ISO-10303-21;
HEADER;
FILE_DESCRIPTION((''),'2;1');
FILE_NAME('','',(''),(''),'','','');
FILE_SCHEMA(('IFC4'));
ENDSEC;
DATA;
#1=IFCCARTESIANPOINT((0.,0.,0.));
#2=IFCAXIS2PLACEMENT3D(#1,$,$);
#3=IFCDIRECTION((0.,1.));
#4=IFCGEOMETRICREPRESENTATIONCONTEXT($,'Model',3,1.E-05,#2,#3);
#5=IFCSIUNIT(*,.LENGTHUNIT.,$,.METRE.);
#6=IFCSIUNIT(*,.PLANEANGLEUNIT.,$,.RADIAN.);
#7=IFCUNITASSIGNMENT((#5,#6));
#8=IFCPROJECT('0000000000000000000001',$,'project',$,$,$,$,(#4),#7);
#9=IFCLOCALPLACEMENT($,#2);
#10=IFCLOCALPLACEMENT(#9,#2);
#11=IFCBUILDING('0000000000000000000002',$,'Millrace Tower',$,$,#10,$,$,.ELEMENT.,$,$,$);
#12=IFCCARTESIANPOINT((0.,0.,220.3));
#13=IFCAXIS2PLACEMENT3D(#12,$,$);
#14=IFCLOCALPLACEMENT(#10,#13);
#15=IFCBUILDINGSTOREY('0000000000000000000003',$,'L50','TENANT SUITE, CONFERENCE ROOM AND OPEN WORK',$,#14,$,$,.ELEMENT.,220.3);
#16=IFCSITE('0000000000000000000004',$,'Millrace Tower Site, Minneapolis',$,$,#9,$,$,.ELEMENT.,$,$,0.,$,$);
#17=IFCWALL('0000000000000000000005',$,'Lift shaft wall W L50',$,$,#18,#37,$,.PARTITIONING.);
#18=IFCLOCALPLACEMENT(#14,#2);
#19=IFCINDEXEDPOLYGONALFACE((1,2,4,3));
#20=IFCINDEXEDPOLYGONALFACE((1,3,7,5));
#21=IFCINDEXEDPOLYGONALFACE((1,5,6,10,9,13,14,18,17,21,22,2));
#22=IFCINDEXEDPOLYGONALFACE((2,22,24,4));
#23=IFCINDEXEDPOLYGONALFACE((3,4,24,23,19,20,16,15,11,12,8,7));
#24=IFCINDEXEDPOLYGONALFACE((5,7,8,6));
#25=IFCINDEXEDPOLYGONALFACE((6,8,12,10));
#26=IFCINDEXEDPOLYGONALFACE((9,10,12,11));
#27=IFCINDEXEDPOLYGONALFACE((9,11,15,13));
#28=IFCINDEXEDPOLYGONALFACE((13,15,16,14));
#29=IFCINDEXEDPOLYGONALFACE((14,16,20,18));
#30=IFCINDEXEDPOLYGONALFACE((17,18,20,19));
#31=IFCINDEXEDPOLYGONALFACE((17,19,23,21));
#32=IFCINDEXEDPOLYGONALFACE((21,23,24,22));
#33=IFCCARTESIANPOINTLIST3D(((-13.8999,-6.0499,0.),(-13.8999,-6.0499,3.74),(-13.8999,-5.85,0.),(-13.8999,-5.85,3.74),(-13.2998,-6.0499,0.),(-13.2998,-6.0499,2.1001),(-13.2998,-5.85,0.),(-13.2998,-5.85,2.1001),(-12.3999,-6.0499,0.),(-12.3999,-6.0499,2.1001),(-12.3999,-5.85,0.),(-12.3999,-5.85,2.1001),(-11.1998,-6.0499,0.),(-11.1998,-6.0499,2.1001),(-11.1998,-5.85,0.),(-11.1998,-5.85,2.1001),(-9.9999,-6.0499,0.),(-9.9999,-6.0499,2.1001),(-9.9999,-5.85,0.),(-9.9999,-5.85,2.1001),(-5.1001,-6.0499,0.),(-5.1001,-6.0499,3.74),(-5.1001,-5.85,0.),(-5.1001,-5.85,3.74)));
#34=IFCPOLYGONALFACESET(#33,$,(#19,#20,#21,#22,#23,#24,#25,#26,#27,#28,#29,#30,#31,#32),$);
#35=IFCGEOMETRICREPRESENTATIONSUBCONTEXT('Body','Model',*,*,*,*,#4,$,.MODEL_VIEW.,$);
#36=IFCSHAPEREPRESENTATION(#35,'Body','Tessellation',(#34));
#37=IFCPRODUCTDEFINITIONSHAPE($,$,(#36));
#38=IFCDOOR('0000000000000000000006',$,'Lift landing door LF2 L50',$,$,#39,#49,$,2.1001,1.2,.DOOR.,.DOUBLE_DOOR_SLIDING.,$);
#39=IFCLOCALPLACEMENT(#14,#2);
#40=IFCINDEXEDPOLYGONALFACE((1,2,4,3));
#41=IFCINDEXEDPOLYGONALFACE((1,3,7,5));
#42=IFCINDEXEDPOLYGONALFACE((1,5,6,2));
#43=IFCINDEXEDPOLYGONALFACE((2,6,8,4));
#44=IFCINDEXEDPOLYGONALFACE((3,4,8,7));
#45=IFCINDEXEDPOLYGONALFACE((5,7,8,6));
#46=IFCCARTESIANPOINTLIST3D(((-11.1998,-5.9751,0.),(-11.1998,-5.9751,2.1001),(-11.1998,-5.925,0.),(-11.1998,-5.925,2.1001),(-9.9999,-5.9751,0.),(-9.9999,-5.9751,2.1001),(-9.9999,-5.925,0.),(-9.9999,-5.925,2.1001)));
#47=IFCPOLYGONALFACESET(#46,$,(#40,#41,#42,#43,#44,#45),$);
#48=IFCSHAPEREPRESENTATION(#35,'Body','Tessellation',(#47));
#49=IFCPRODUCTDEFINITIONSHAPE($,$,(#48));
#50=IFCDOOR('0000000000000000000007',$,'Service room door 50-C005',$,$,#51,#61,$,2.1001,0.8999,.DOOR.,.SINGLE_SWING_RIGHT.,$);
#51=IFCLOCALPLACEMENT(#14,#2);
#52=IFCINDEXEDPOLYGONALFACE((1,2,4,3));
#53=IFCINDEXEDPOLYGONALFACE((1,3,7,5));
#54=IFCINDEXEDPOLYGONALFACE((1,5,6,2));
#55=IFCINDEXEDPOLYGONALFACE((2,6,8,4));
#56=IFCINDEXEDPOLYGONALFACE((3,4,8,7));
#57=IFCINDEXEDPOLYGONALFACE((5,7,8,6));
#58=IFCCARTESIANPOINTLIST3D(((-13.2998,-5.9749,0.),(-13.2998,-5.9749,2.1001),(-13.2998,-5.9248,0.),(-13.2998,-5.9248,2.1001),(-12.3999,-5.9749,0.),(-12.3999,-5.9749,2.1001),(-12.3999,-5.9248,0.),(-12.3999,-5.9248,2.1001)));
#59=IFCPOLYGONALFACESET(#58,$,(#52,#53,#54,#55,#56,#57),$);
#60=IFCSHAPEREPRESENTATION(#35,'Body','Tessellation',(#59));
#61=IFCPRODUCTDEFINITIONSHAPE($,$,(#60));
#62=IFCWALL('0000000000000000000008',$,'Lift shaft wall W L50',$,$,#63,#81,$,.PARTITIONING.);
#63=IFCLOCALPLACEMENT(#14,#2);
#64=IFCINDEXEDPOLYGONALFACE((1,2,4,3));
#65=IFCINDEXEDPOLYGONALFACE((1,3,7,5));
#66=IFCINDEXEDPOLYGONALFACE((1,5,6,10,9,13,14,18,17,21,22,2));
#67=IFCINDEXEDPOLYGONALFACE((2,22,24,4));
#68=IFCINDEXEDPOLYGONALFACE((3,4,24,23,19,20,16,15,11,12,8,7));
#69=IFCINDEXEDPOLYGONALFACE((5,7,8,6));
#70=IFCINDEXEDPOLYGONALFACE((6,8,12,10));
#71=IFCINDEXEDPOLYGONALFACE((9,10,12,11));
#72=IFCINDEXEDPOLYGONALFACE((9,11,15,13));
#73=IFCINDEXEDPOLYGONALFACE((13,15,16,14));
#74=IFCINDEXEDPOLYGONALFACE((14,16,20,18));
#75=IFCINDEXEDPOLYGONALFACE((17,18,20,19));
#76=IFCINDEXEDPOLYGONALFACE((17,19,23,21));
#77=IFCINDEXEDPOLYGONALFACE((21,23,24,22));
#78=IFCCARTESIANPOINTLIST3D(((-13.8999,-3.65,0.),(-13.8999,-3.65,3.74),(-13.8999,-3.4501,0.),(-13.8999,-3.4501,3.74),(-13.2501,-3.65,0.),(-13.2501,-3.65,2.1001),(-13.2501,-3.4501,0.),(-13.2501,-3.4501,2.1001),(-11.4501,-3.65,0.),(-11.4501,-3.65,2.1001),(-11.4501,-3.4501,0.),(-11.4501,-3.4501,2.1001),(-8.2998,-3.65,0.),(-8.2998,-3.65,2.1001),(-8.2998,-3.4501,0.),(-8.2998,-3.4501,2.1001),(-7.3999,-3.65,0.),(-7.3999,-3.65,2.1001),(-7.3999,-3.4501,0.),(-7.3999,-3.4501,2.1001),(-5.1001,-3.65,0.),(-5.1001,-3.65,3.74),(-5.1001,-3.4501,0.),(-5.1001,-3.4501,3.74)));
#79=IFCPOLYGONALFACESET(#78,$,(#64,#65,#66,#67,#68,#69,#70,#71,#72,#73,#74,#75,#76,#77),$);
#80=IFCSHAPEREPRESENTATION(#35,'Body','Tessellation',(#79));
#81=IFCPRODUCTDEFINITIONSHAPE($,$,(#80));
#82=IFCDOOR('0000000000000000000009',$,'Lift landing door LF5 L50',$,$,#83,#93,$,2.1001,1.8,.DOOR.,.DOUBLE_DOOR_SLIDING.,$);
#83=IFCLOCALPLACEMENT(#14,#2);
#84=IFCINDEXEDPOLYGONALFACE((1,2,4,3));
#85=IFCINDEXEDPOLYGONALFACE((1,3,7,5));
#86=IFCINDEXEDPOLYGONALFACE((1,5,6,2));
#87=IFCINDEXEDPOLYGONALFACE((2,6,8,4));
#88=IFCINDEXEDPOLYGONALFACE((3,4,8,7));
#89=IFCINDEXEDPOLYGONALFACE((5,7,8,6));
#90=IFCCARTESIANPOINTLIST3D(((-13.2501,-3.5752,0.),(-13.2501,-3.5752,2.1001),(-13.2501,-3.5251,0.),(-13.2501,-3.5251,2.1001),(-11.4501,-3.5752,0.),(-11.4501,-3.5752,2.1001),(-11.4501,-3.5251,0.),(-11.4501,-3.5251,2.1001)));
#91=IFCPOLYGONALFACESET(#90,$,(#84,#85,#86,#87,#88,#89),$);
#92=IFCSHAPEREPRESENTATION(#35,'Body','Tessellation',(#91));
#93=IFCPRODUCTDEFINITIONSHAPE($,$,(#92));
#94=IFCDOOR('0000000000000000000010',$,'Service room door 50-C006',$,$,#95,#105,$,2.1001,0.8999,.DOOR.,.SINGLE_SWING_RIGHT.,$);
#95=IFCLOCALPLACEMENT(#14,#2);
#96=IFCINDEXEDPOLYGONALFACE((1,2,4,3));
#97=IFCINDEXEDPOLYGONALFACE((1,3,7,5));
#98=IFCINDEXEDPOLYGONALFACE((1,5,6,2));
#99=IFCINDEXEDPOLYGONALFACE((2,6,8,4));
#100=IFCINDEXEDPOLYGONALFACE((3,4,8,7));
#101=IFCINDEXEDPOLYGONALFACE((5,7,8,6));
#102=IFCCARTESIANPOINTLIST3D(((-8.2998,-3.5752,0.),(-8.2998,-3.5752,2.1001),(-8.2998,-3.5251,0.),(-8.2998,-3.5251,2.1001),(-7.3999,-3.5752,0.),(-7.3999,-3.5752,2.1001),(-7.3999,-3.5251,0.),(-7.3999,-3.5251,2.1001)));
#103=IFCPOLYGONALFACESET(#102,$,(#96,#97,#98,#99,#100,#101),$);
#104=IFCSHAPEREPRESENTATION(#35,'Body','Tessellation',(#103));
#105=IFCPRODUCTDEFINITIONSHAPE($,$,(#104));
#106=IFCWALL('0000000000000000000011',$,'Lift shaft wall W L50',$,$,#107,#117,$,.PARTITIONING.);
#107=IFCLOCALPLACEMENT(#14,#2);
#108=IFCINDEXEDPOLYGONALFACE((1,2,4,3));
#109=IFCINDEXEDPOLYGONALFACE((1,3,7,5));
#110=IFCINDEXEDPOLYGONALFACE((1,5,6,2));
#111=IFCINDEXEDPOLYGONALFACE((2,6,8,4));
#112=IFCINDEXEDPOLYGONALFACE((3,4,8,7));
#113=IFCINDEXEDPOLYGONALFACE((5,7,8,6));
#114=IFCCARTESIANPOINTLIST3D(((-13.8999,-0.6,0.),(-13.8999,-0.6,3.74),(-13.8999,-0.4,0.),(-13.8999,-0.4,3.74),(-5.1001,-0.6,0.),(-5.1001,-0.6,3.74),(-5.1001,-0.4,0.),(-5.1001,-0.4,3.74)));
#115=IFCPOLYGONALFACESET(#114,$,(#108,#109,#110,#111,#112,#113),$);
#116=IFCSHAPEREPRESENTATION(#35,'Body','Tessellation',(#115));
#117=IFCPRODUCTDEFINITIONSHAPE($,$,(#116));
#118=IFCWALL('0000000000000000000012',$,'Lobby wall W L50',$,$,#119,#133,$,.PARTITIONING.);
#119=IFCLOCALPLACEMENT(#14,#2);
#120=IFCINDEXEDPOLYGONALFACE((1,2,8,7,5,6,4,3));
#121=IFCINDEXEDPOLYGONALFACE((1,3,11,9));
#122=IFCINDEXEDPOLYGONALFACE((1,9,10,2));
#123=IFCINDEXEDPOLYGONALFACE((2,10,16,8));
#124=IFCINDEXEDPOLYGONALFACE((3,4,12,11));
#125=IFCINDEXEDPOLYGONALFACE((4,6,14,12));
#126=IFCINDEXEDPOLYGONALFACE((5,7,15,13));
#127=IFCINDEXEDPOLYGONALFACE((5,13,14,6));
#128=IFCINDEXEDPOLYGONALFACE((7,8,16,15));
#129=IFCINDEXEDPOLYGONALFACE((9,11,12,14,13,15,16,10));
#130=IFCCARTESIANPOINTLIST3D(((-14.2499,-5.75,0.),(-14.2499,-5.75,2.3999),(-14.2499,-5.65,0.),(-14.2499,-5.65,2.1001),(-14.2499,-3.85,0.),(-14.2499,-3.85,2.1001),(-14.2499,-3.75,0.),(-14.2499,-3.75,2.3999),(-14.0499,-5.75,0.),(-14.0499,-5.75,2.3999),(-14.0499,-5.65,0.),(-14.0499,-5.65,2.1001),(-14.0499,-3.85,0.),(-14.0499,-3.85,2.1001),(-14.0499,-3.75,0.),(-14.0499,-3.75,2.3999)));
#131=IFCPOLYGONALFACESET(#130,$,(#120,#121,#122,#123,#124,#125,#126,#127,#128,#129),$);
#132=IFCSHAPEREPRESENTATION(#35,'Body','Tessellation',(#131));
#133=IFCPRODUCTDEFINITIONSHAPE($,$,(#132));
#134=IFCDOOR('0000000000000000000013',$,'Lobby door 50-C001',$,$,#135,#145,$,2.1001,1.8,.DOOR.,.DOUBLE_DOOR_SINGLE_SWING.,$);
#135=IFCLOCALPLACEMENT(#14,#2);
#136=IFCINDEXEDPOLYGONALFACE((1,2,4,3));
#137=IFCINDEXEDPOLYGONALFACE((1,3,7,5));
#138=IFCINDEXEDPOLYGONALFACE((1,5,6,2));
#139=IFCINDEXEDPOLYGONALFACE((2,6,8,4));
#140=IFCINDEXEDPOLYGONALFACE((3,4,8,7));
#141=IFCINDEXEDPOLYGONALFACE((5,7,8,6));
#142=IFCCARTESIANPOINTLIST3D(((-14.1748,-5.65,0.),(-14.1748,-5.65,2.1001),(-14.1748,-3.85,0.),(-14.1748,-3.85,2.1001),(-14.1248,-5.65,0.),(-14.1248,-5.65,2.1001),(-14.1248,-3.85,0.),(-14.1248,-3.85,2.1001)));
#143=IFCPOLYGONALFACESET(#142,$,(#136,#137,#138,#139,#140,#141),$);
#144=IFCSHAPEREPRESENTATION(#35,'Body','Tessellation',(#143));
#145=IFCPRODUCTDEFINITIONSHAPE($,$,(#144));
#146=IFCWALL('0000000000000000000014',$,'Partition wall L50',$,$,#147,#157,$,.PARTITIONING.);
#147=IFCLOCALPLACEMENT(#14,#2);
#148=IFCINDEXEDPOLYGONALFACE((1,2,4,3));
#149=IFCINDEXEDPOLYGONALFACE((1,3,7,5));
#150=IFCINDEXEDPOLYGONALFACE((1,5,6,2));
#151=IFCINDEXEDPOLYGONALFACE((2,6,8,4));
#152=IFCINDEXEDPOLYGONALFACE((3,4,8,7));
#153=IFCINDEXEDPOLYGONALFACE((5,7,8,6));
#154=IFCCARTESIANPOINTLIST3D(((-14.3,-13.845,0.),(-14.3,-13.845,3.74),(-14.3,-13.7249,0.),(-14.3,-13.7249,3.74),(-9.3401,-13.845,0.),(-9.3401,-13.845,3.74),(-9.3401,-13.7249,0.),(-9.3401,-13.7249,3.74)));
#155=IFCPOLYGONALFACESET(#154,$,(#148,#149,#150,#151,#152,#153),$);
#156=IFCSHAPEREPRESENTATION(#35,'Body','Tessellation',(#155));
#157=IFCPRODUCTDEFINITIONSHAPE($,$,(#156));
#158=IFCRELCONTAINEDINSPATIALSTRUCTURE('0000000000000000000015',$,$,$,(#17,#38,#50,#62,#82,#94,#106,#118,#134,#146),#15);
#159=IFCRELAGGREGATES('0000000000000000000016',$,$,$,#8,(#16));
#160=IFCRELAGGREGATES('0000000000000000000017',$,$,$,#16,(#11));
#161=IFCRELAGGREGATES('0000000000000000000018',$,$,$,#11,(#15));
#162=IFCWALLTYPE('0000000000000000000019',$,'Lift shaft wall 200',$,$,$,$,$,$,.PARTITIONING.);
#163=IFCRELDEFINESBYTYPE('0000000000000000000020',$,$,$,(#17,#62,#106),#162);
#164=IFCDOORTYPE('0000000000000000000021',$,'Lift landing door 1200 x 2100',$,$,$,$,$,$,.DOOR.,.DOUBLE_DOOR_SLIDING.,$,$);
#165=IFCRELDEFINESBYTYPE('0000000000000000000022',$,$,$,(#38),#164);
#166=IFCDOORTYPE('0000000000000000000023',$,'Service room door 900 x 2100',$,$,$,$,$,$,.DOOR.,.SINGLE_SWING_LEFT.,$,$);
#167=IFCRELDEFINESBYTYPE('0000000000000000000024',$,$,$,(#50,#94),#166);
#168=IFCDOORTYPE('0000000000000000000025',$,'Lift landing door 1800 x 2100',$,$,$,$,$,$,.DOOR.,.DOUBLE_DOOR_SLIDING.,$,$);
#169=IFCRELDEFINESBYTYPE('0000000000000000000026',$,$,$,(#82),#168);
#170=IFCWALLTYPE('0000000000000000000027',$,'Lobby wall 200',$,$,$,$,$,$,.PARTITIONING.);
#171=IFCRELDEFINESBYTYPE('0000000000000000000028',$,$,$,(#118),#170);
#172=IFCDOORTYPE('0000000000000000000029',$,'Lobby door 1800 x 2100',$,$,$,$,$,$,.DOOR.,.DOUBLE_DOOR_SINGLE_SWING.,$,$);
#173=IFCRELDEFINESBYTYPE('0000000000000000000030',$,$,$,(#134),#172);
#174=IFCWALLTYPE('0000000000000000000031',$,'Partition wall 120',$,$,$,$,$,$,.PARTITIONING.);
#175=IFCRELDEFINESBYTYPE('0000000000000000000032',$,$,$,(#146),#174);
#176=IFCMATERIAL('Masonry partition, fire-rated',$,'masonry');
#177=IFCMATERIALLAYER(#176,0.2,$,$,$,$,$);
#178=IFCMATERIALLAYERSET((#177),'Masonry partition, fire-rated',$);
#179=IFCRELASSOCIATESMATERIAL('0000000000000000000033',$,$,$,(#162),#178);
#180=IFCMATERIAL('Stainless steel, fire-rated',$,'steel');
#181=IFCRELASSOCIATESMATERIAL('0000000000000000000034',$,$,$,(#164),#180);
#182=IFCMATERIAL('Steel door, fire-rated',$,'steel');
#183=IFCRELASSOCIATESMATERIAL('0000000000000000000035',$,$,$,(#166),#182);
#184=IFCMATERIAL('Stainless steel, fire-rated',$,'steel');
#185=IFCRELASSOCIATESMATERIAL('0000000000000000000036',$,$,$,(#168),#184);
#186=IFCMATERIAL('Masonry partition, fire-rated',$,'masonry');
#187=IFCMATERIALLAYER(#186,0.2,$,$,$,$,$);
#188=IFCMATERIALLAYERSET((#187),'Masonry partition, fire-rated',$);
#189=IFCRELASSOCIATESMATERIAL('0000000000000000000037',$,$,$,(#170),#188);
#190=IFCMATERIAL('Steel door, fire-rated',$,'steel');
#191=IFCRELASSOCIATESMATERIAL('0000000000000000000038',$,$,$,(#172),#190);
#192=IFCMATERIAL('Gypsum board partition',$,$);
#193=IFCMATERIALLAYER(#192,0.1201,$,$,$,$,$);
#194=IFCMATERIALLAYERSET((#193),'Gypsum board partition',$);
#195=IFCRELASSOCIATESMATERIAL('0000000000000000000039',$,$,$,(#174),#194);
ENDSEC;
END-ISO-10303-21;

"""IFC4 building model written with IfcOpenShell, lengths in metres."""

from ifc_helpers import new_model, si_unit, direction, frame, frame_2d, origin, place, context, subcontext, project, spatial, rectangle, extrude, material, layer, layer_set, type_object, element, fill, save


model = new_model("IFC4")

# Units and contexts
model_context = context("Model", 3, precision=1e-05, world=origin(), true_north=direction((0.0, 1.0)))
body_context = subcontext(model_context, "Body", "Model", "MODEL_VIEW")
ifc_project = project(units=[si_unit("LENGTHUNIT", "METRE"), si_unit("PLANEANGLEUNIT", "RADIAN")], contexts=[model_context])

# Site, building, storey
site_placement = place(None, origin())
site = spatial("IfcSite", under=ifc_project, at=site_placement, Name="Millrace Tower Site, Minneapolis", CompositionType="ELEMENT", RefElevation=0.0)
building_placement = place(site_placement, origin())
building = spatial("IfcBuilding", under=site, at=building_placement, Name="Millrace Tower", CompositionType="ELEMENT")
storey_placement = place(building_placement, frame((0.0, 0.0, 220.3)))
storey = spatial("IfcBuildingStorey", under=building, at=storey_placement, Name="L50", Description="TENANT SUITE, CONFERENCE ROOM AND OPEN WORK", CompositionType="ELEMENT", Elevation=220.3)

# Walls, openings, doors
ifc_material_1 = material(Name="Masonry partition, fire-rated", Category="masonry")
ifc_layer_1 = layer(ifc_material_1, 0.2)
ifc_layer_set_1 = layer_set([ifc_layer_1], Name="Masonry partition, fire-rated")
wall_type_1 = type_object("IfcWallType", Name="Lift shaft wall 200", PredefinedType="PARTITIONING", material=ifc_layer_set_1)
wall_1_placement = place(storey_placement, frame((-13.8999, -5.95, 0.0), z_axis=(0.0, 0.0, 1.0), x_axis=(1.0, 0.0, 0.0)))
wall_1 = element("IfcWall", 1, at=wall_1_placement, inside=storey, type_object=wall_type_1, Name="Lift shaft wall W L50", PredefinedType="PARTITIONING", context=body_context, shape_type="SweptSolid", body=[
    extrude(rectangle(XDim=8.7998, YDim=0.2, at=frame_2d((4.3999, 0.0))), origin(), (0.0, 0.0, 1.0), 3.74),
])
opening_1_placement = place(wall_1_placement, frame((2.7, 0.0, 0.0)))
opening_1 = element("IfcOpeningElement", 2, at=opening_1_placement, cuts=wall_1, PredefinedType="OPENING", context=body_context, shape_type="SweptSolid", body=[
    extrude(rectangle(XDim=1.2, YDim=2.1001, at=frame_2d((0.6001, 1.05))), frame((0.0, 0.1099, 0.0), z_axis=(0.0, -1.0, 0.0), x_axis=(1.0, 0.0, 0.0)), (0.0, 0.0, 1.0), 0.22),
])
opening_2_placement = place(wall_1_placement, frame((0.6001, 0.0, 0.0)))
opening_2 = element("IfcOpeningElement", 3, at=opening_2_placement, cuts=wall_1, PredefinedType="OPENING", context=body_context, shape_type="SweptSolid", body=[
    extrude(rectangle(XDim=0.8999, YDim=2.1001, at=frame_2d((0.45, 1.05))), frame((0.0, 0.1099, 0.0), z_axis=(0.0, -1.0, 0.0), x_axis=(1.0, 0.0, 0.0)), (0.0, 0.0, 1.0), 0.22),
])
ifc_material_2 = material(Name="Stainless steel, fire-rated", Category="steel")
door_type_1 = type_object("IfcDoorType", Name="Lift landing door 1200 x 2100", OperationType="DOUBLE_DOOR_SLIDING", PredefinedType="DOOR", material=ifc_material_2)
door_1_placement = place(opening_1_placement, origin())
door_1 = element("IfcDoor", 4, at=door_1_placement, inside=storey, type_object=door_type_1, Name="Lift landing door LF2 L50", OperationType="DOUBLE_DOOR_SLIDING", OverallHeight=2.1001, OverallWidth=1.2, PredefinedType="DOOR", context=body_context, shape_type="SweptSolid", body=[
    extrude(rectangle(XDim=1.2, YDim=2.1001, at=frame_2d((0.6001, 1.05))), frame((0.0, 0.0249, 0.0), z_axis=(0.0, -1.0, 0.0), x_axis=(1.0, 0.0, 0.0)), (0.0, 0.0, 1.0), 0.05),
])
fill(opening_1, door_1)
ifc_material_3 = material(Name="Steel door, fire-rated", Category="steel")
door_type_2 = type_object("IfcDoorType", Name="Service room door 900 x 2100", OperationType="SINGLE_SWING_LEFT", PredefinedType="DOOR", material=ifc_material_3)
door_2_placement = place(opening_2_placement, frame((0.8999, 0.0, 0.0), z_axis=(0.0, 0.0, 1.0), x_axis=(-1.0, 0.0, 0.0)))
door_2 = element("IfcDoor", 5, at=door_2_placement, inside=storey, type_object=door_type_2, Name="Service room door 50-C005", OperationType="SINGLE_SWING_RIGHT", OverallHeight=2.1001, OverallWidth=0.8999, PredefinedType="DOOR", context=body_context, shape_type="SweptSolid", body=[
    extrude(rectangle(XDim=0.8999, YDim=2.1001, at=frame_2d((0.45, 1.05))), frame((0.0, 0.0249, 0.0), z_axis=(0.0, -1.0, 0.0), x_axis=(1.0, 0.0, 0.0)), (0.0, 0.0, 1.0), 0.05),
])
fill(opening_2, door_2)
wall_2_placement = place(storey_placement, frame((-13.8999, -3.55, 0.0), z_axis=(0.0, 0.0, 1.0), x_axis=(1.0, 0.0, 0.0)))
wall_2 = element("IfcWall", 6, at=wall_2_placement, inside=storey, type_object=wall_type_1, Name="Lift shaft wall W L50", PredefinedType="PARTITIONING", context=body_context, shape_type="SweptSolid", body=[
    extrude(rectangle(XDim=8.7998, YDim=0.2, at=frame_2d((4.3999, 0.0))), origin(), (0.0, 0.0, 1.0), 3.74),
])
opening_3_placement = place(wall_2_placement, frame((0.6499, 0.0, 0.0)))
opening_3 = element("IfcOpeningElement", 7, at=opening_3_placement, cuts=wall_2, PredefinedType="OPENING", context=body_context, shape_type="SweptSolid", body=[
    extrude(rectangle(XDim=1.8, YDim=2.1001, at=frame_2d((0.8999, 1.05))), frame((0.0, 0.1099, 0.0), z_axis=(0.0, -1.0, 0.0), x_axis=(1.0, 0.0, 0.0)), (0.0, 0.0, 1.0), 0.22),
])
opening_4_placement = place(wall_2_placement, frame((5.6001, 0.0, 0.0)))
opening_4 = element("IfcOpeningElement", 8, at=opening_4_placement, cuts=wall_2, PredefinedType="OPENING", context=body_context, shape_type="SweptSolid", body=[
    extrude(rectangle(XDim=0.8999, YDim=2.1001, at=frame_2d((0.45, 1.05))), frame((0.0, 0.1099, 0.0), z_axis=(0.0, -1.0, 0.0), x_axis=(1.0, 0.0, 0.0)), (0.0, 0.0, 1.0), 0.22),
])
ifc_material_4 = material(Name="Stainless steel, fire-rated", Category="steel")
door_type_3 = type_object("IfcDoorType", Name="Lift landing door 1800 x 2100", OperationType="DOUBLE_DOOR_SLIDING", PredefinedType="DOOR", material=ifc_material_4)
door_3_placement = place(opening_3_placement, origin())
door_3 = element("IfcDoor", 9, at=door_3_placement, inside=storey, type_object=door_type_3, Name="Lift landing door LF5 L50", OperationType="DOUBLE_DOOR_SLIDING", OverallHeight=2.1001, OverallWidth=1.8, PredefinedType="DOOR", context=body_context, shape_type="SweptSolid", body=[
    extrude(rectangle(XDim=1.8, YDim=2.1001, at=frame_2d((0.8999, 1.05))), frame((0.0, 0.0249, 0.0), z_axis=(0.0, -1.0, 0.0), x_axis=(1.0, 0.0, 0.0)), (0.0, 0.0, 1.0), 0.05),
])
fill(opening_3, door_3)
door_4_placement = place(opening_4_placement, origin())
door_4 = element("IfcDoor", 10, at=door_4_placement, inside=storey, type_object=door_type_2, Name="Service room door 50-C006", OperationType="SINGLE_SWING_RIGHT", OverallHeight=2.1001, OverallWidth=0.8999, PredefinedType="DOOR", context=body_context, shape_type="SweptSolid", body=[
    extrude(rectangle(XDim=0.8999, YDim=2.1001, at=frame_2d((0.45, 1.05))), frame((0.0, 0.0249, 0.0), z_axis=(0.0, -1.0, 0.0), x_axis=(1.0, 0.0, 0.0)), (0.0, 0.0, 1.0), 0.05),
])
fill(opening_4, door_4)

# Wall
wall_3_placement = place(storey_placement, frame((-13.8999, -0.5, 0.0), z_axis=(0.0, 0.0, 1.0), x_axis=(1.0, 0.0, 0.0)))
element("IfcWall", 11, at=wall_3_placement, inside=storey, type_object=wall_type_1, Name="Lift shaft wall W L50", PredefinedType="PARTITIONING", context=body_context, shape_type="SweptSolid", body=[
    extrude(rectangle(XDim=8.7998, YDim=0.2, at=frame_2d((4.3999, 0.0))), origin(), (0.0, 0.0, 1.0), 3.74),
])

# Wall, opening, door
ifc_material_5 = material(Name="Masonry partition, fire-rated", Category="masonry")
ifc_layer_2 = layer(ifc_material_5, 0.2)
ifc_layer_set_2 = layer_set([ifc_layer_2], Name="Masonry partition, fire-rated")
wall_type_2 = type_object("IfcWallType", Name="Lobby wall 200", PredefinedType="PARTITIONING", material=ifc_layer_set_2)
wall_4_placement = place(storey_placement, frame((-14.1499, -5.75, 0.0), z_axis=(0.0, 0.0, 1.0), x_axis=(0.0, 1.0, 0.0)))
wall_4 = element("IfcWall", 12, at=wall_4_placement, inside=storey, type_object=wall_type_2, Name="Lobby wall W L50", PredefinedType="PARTITIONING", context=body_context, shape_type="SweptSolid", body=[
    extrude(rectangle(XDim=2.0, YDim=0.2, at=frame_2d((1.0, 0.0))), origin(), (0.0, 0.0, 1.0), 2.3999),
])
opening_5_placement = place(wall_4_placement, frame((0.1001, 0.0, 0.0)))
opening_5 = element("IfcOpeningElement", 13, at=opening_5_placement, cuts=wall_4, PredefinedType="OPENING", context=body_context, shape_type="SweptSolid", body=[
    extrude(rectangle(XDim=1.8, YDim=2.1001, at=frame_2d((0.8999, 1.05))), frame((0.0, 0.1099, 0.0), z_axis=(0.0, -1.0, 0.0), x_axis=(1.0, 0.0, 0.0)), (0.0, 0.0, 1.0), 0.22),
])
ifc_material_6 = material(Name="Steel door, fire-rated", Category="steel")
door_type_4 = type_object("IfcDoorType", Name="Lobby door 1800 x 2100", OperationType="DOUBLE_DOOR_SINGLE_SWING", PredefinedType="DOOR", material=ifc_material_6)
door_5_placement = place(opening_5_placement, origin())
door_5 = element("IfcDoor", 14, at=door_5_placement, inside=storey, type_object=door_type_4, Name="Lobby door 50-C001", OperationType="DOUBLE_DOOR_SINGLE_SWING", OverallHeight=2.1001, OverallWidth=1.8, PredefinedType="DOOR", context=body_context, shape_type="SweptSolid", body=[
    extrude(rectangle(XDim=1.8, YDim=2.1001, at=frame_2d((0.8999, 1.05))), frame((0.0, 0.0249, 0.0), z_axis=(0.0, -1.0, 0.0), x_axis=(1.0, 0.0, 0.0)), (0.0, 0.0, 1.0), 0.05),
])
fill(opening_5, door_5)

# Wall
ifc_material_7 = material(Name="Gypsum board partition")
ifc_layer_3 = layer(ifc_material_7, 0.1201)
ifc_layer_set_3 = layer_set([ifc_layer_3], Name="Gypsum board partition")
wall_type_3 = type_object("IfcWallType", Name="Partition wall 120", PredefinedType="PARTITIONING", material=ifc_layer_set_3)
wall_5_placement = place(storey_placement, frame((-14.3, -13.7849, 0.0), z_axis=(0.0, 0.0, 1.0), x_axis=(1.0, 0.0, 0.0)))
element("IfcWall", 15, at=wall_5_placement, inside=storey, type_object=wall_type_3, Name="Partition wall L50", PredefinedType="PARTITIONING", context=body_context, shape_type="SweptSolid", body=[
    extrude(rectangle(XDim=4.96, YDim=0.1201, at=frame_2d((2.48, 0.0))), origin(), (0.0, 0.0, 1.0), 3.74),
])

save(model, "model.ifc")
